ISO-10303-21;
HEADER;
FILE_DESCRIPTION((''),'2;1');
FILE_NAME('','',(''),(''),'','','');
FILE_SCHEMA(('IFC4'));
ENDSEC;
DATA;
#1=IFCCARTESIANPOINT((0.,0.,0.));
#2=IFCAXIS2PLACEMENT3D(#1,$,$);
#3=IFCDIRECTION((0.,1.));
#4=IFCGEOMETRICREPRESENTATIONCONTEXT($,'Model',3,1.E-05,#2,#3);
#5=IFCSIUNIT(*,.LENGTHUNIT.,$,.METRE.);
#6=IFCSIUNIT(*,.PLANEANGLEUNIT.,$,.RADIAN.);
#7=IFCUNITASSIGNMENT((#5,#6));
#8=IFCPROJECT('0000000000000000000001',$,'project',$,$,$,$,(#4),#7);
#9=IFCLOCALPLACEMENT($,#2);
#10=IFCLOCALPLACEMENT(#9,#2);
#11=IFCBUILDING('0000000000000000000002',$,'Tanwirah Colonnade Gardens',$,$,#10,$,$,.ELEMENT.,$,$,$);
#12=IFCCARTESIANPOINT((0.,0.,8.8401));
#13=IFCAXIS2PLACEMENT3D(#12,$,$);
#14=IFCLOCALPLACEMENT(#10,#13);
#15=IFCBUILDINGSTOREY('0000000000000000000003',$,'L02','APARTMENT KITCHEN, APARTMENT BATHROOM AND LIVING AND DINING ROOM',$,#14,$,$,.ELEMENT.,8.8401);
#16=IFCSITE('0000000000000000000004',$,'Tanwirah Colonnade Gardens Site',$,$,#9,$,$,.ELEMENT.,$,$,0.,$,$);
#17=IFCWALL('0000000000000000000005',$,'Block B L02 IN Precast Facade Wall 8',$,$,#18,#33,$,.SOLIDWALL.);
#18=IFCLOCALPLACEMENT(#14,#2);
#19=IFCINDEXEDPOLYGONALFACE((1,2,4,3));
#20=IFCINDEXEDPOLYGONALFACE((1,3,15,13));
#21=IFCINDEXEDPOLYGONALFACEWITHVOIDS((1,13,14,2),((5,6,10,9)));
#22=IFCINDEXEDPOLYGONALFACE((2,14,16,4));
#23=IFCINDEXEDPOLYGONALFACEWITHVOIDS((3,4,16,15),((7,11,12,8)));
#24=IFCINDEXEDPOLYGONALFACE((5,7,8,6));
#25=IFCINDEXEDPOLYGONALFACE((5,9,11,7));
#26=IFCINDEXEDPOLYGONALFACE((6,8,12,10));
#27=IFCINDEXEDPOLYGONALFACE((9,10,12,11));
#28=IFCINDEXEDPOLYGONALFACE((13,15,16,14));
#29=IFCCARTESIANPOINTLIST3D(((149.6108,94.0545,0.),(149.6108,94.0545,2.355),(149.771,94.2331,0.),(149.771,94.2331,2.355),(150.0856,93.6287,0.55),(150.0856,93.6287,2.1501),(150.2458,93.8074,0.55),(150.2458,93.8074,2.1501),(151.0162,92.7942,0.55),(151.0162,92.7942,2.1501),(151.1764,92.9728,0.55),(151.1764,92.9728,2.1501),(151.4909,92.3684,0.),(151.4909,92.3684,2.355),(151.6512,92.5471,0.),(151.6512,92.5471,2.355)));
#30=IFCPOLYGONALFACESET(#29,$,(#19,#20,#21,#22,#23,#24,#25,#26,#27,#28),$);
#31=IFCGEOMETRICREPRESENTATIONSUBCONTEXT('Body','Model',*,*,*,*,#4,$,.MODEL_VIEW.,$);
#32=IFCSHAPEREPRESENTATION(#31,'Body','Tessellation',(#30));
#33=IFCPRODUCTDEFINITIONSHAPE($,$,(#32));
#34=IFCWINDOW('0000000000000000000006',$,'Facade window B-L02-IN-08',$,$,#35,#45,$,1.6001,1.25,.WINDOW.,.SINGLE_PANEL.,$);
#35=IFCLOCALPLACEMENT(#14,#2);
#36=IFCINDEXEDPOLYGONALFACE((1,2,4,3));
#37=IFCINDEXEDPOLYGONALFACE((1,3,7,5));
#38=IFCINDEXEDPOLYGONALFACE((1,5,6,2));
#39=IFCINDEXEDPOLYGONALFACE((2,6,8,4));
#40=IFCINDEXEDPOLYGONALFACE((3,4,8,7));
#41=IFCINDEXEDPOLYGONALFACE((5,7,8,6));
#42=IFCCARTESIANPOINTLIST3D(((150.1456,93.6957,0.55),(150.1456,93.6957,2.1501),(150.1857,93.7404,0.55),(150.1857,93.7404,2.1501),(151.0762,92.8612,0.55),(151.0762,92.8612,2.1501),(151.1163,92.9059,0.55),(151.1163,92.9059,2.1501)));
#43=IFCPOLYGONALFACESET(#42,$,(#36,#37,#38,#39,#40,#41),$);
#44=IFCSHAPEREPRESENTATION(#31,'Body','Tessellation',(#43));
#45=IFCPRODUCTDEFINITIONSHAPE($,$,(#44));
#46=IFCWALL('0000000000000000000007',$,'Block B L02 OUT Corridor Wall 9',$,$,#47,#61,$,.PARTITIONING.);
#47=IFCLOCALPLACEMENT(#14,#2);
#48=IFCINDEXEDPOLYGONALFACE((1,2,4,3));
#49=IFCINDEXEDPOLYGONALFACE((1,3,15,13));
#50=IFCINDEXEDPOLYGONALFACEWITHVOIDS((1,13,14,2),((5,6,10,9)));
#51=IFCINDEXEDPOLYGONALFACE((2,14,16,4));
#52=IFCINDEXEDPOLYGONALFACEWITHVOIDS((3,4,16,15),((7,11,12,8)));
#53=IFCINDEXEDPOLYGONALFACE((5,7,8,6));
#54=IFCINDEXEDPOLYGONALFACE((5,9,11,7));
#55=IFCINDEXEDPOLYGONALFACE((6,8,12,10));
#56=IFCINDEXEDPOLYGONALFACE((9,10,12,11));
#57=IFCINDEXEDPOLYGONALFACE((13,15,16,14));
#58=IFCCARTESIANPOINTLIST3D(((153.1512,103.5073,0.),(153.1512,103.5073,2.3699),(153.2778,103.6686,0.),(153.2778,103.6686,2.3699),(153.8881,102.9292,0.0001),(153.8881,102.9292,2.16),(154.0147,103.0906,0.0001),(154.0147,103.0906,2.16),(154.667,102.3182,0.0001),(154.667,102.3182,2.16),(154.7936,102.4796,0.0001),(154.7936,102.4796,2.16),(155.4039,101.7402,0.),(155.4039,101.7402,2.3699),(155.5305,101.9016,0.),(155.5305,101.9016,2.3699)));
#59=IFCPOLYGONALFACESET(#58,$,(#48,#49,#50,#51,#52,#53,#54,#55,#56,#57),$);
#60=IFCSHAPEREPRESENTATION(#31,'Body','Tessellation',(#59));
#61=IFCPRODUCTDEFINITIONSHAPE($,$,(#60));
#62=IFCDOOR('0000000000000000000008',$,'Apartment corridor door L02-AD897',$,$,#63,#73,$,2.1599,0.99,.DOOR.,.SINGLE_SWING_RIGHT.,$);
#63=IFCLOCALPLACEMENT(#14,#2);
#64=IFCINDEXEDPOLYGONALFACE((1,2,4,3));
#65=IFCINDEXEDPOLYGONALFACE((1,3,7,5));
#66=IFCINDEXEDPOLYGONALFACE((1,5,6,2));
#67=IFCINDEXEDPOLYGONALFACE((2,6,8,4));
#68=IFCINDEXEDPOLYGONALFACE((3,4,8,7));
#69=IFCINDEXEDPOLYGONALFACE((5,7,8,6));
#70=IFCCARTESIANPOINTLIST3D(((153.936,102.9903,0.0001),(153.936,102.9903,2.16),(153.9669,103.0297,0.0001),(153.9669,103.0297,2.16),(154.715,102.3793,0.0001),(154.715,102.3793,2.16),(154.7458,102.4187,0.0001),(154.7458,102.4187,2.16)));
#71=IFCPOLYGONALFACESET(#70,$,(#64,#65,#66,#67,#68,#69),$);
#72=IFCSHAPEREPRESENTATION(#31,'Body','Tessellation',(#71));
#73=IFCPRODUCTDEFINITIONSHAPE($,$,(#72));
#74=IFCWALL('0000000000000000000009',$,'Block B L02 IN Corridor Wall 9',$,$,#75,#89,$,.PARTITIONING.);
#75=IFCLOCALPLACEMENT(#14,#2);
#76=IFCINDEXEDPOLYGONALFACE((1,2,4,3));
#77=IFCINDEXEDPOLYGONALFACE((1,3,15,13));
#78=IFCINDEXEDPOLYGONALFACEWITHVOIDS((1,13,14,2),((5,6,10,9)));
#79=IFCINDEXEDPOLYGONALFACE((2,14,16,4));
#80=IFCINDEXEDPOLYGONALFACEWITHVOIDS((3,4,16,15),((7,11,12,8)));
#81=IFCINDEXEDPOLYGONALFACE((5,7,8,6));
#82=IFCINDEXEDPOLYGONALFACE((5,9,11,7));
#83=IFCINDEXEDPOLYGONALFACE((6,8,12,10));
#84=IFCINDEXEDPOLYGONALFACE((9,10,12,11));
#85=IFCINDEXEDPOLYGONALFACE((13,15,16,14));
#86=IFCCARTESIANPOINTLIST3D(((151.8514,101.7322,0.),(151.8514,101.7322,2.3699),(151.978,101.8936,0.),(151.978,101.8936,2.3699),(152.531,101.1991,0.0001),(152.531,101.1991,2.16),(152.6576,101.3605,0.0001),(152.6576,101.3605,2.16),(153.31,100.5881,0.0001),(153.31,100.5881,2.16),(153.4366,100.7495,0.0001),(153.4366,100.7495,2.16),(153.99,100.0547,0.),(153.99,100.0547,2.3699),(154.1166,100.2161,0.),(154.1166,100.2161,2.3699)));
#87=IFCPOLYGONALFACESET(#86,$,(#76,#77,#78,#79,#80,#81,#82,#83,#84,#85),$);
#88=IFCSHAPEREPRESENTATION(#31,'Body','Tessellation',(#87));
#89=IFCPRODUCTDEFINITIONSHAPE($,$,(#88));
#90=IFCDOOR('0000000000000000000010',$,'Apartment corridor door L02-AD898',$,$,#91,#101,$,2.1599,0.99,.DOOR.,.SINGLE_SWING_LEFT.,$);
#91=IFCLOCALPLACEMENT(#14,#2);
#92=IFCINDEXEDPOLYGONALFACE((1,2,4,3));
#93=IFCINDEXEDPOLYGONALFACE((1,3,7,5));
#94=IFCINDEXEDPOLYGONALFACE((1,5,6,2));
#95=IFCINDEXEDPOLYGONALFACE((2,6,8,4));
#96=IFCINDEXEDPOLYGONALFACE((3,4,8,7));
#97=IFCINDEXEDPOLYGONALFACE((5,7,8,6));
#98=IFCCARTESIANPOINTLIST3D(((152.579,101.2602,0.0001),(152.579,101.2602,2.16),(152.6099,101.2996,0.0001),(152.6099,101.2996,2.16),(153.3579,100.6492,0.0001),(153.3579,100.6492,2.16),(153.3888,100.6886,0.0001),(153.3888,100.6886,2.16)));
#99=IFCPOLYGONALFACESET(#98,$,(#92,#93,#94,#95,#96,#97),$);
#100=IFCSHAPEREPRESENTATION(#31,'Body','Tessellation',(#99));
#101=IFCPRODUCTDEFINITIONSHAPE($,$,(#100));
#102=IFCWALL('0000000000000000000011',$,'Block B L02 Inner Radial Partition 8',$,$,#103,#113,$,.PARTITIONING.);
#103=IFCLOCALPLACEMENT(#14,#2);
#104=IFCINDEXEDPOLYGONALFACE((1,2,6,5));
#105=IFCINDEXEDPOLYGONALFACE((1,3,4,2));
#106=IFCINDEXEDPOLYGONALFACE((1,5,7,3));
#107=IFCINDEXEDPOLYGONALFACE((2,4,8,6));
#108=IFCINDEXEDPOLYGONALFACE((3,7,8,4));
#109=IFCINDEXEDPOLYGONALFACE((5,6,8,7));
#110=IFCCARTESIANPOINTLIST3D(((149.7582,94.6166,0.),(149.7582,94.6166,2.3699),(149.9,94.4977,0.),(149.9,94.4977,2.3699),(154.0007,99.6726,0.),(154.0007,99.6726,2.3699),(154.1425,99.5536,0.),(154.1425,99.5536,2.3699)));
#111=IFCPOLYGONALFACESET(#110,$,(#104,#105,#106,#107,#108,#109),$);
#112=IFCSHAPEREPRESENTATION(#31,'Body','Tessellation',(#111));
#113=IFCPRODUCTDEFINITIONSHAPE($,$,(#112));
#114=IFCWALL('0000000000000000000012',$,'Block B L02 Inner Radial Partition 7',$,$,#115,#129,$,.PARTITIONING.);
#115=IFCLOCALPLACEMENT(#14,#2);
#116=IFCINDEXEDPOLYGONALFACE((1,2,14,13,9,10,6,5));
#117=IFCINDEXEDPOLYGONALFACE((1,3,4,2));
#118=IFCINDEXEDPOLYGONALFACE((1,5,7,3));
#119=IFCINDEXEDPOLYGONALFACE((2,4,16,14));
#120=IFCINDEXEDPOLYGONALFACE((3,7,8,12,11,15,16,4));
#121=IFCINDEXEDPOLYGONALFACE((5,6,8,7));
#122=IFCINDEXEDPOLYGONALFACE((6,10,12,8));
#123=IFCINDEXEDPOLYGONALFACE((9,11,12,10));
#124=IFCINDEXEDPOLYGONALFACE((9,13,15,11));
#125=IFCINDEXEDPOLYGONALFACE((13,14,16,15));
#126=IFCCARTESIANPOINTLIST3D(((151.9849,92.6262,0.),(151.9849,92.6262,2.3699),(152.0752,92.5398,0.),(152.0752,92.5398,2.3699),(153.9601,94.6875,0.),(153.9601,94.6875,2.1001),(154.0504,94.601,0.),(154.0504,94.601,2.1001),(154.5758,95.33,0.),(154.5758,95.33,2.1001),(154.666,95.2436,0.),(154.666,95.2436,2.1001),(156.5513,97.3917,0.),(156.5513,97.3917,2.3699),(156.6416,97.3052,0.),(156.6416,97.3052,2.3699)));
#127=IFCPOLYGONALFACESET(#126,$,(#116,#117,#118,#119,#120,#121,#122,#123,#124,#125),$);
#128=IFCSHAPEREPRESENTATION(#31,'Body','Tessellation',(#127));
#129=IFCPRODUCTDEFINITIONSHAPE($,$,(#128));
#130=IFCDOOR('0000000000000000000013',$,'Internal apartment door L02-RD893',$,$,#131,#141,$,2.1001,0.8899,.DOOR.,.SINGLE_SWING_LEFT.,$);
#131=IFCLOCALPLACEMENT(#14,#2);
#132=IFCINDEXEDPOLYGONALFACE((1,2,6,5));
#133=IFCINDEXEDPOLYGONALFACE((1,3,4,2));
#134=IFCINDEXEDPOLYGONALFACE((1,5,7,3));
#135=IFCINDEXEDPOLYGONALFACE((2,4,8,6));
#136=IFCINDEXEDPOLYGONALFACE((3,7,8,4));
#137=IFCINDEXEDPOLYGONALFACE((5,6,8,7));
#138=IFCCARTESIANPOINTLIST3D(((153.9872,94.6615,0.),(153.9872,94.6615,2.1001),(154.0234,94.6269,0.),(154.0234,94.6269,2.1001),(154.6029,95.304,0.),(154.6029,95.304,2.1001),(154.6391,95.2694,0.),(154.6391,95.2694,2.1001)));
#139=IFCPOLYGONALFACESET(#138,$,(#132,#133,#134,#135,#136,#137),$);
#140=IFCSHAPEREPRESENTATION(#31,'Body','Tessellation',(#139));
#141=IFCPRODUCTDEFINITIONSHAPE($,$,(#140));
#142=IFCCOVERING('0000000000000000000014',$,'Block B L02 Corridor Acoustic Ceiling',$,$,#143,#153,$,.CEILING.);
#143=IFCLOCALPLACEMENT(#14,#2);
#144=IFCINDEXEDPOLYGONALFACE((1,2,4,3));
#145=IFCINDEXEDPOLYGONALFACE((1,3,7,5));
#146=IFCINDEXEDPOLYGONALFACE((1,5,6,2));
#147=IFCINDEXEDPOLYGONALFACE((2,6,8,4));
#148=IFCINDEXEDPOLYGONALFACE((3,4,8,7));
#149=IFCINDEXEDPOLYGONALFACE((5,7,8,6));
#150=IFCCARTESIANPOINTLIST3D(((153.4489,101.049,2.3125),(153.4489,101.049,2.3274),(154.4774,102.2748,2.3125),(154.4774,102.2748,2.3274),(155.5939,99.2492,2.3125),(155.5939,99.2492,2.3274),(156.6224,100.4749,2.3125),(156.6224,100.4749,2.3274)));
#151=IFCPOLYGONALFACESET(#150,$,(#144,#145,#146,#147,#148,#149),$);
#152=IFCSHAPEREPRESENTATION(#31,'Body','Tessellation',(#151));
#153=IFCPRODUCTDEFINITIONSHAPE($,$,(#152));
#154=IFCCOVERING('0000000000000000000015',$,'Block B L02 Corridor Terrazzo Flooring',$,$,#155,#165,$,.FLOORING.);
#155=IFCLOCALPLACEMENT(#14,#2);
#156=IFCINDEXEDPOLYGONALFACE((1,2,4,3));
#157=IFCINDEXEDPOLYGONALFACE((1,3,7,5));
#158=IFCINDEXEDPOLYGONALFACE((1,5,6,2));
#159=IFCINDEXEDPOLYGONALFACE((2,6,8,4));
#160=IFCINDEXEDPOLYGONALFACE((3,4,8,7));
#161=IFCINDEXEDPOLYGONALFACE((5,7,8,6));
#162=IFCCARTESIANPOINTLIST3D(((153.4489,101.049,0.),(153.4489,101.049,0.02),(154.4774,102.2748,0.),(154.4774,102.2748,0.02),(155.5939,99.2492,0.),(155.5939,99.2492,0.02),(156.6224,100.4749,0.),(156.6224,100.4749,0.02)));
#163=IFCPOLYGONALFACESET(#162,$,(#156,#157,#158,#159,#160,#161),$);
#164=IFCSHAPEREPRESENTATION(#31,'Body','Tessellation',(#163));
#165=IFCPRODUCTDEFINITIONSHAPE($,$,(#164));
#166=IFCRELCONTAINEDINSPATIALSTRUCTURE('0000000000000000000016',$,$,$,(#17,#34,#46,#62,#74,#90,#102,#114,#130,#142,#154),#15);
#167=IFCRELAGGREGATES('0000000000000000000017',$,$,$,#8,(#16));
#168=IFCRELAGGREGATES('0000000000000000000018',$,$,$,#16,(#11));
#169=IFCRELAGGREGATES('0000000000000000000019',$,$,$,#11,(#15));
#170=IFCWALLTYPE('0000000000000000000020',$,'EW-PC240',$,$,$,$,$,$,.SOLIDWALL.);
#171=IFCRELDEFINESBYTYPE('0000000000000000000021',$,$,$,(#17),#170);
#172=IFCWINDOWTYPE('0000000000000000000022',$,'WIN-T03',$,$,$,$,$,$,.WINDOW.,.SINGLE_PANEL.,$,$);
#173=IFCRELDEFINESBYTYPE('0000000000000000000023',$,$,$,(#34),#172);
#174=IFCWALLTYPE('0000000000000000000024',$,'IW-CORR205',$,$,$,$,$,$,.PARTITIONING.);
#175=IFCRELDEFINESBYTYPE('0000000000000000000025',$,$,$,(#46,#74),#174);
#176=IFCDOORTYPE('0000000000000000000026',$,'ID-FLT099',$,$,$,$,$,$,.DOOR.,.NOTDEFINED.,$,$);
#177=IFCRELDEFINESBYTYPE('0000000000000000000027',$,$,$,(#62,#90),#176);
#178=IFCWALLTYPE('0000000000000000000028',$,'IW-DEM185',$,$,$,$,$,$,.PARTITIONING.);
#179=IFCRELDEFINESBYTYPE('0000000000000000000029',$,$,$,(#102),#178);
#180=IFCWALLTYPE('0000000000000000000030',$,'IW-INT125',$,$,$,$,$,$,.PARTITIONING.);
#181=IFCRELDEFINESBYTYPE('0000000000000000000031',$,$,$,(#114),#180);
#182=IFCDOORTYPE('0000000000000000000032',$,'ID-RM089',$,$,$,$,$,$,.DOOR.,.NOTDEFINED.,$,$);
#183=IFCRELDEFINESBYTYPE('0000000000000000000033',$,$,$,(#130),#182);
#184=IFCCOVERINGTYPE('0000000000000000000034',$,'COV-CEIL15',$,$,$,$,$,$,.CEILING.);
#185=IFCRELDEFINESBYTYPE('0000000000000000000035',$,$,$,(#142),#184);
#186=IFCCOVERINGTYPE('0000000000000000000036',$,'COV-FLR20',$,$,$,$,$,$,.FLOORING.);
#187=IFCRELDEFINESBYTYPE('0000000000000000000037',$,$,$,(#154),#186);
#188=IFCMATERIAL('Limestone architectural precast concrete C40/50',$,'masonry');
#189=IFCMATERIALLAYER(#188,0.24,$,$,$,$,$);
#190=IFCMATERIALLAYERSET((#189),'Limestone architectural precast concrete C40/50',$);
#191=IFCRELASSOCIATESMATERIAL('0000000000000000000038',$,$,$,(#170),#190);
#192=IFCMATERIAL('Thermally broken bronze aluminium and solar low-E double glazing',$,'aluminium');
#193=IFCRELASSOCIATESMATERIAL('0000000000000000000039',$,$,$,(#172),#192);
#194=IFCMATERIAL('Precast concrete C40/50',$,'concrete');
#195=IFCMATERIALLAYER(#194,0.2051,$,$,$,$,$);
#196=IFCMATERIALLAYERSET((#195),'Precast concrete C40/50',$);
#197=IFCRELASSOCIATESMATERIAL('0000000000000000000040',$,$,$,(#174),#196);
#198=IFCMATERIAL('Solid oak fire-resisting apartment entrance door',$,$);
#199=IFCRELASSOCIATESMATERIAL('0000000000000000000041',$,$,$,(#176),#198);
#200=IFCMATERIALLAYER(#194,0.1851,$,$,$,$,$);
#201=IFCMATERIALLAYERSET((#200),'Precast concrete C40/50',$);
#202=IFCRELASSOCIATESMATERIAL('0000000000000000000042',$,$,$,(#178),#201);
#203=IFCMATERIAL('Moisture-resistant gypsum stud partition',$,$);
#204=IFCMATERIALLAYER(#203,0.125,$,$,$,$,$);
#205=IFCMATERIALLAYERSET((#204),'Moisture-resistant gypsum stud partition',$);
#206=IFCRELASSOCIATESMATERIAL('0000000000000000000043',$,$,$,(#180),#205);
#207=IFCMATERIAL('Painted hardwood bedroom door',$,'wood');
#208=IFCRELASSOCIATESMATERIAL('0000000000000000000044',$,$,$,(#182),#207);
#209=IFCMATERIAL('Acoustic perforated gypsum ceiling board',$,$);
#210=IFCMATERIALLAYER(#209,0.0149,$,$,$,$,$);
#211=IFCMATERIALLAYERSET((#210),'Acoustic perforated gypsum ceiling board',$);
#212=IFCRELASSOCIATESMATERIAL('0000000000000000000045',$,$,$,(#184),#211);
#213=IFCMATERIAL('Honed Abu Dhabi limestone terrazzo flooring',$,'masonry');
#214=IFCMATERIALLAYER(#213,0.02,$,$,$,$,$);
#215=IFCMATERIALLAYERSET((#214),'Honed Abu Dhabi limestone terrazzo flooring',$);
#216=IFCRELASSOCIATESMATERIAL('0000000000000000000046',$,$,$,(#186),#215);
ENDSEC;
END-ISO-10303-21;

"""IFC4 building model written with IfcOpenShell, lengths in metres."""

from ifc_helpers import new_model, si_unit, direction, frame, frame_2d, origin, origin_2d, place, context, subcontext, project, spatial, rectangle, extrude, material, layer, layer_set, type_object, element, fill, save


model = new_model("IFC4")

# Units and contexts
model_context = context("Model", 3, precision=1e-05, world=origin(), true_north=direction((0.0, 1.0)))
body_context = subcontext(model_context, "Body", "Model", "MODEL_VIEW")
ifc_project = project(units=[si_unit("LENGTHUNIT", "METRE"), si_unit("PLANEANGLEUNIT", "RADIAN")], contexts=[model_context])

# Site, building, storey
site_placement = place(None, origin())
site = spatial("IfcSite", under=ifc_project, at=site_placement, Name="Tanwirah Colonnade Gardens Site", CompositionType="ELEMENT", RefElevation=0.0)
building_placement = place(site_placement, origin())
building = spatial("IfcBuilding", under=site, at=building_placement, Name="Tanwirah Colonnade Gardens", CompositionType="ELEMENT")
storey_placement = place(building_placement, frame((0.0, 0.0, 8.8401)))
storey = spatial("IfcBuildingStorey", under=building, at=storey_placement, Name="L02", Description="APARTMENT KITCHEN, APARTMENT BATHROOM AND LIVING AND DINING ROOM", CompositionType="ELEMENT", Elevation=8.8401)

# Shared definitions
ifc_material_1 = material(Name="Precast concrete C40/50", Category="concrete")

# Wall, opening, window
ifc_material_2 = material(Name="Limestone architectural precast concrete C40/50", Category="masonry")
ifc_layer_1 = layer(ifc_material_2, 0.24)
ifc_layer_set_1 = layer_set([ifc_layer_1], Name="Limestone architectural precast concrete C40/50")
wall_type_1 = type_object("IfcWallType", Name="EW-PC240", PredefinedType="SOLIDWALL", material=ifc_layer_set_1)
wall_1_placement = place(storey_placement, frame((151.571, 92.4578, 0.0), z_axis=(0.0, 0.0, 1.0), x_axis=(-0.74449, 0.667634, 0.0)))
wall_1 = element("IfcWall", 1, at=wall_1_placement, inside=storey, type_object=wall_type_1, Name="Block B L02 IN Precast Facade Wall 8", PredefinedType="SOLIDWALL", context=body_context, shape_type="SweptSolid", body=[
    extrude(rectangle(XDim=2.5254, YDim=0.24, at=frame_2d((1.2627, 0.0))), origin(), (0.0, 0.0, 1.0), 2.355),
])
opening_1_placement = place(wall_1_placement, frame((0.6377, 0.0, 0.55)))
opening_1 = element("IfcOpeningElement", 2, at=opening_1_placement, cuts=wall_1, PredefinedType="OPENING", context=body_context, shape_type="SweptSolid", body=[
    extrude(rectangle(XDim=1.25, YDim=1.6001, at=frame_2d((0.625, 0.8))), frame((0.0, 0.1299, 0.0), z_axis=(0.0, -1.0, 0.0), x_axis=(1.0, 0.0, 0.0)), (0.0, 0.0, 1.0), 0.26),
])
ifc_material_3 = material(Name="Thermally broken bronze aluminium and solar low-E double glazing", Category="aluminium")
window_type = type_object("IfcWindowType", Name="WIN-T03", PartitioningType="SINGLE_PANEL", PredefinedType="WINDOW", material=ifc_material_3)
window_placement = place(opening_1_placement, origin())
window = element("IfcWindow", 3, at=window_placement, inside=storey, type_object=window_type, Name="Facade window B-L02-IN-08", OverallHeight=1.6001, OverallWidth=1.25, PartitioningType="SINGLE_PANEL", PredefinedType="WINDOW", context=body_context, shape_type="SweptSolid", body=[
    extrude(rectangle(XDim=1.25, YDim=1.6001, at=frame_2d((0.625, 0.8))), frame((0.0, 0.03, 0.0), z_axis=(0.0, -1.0, 0.0), x_axis=(1.0, 0.0, 0.0)), (0.0, 0.0, 1.0), 0.0601),
])
fill(opening_1, window)

# Walls, openings, doors
ifc_layer_2 = layer(ifc_material_1, 0.2051)
ifc_layer_set_2 = layer_set([ifc_layer_2], Name="Precast concrete C40/50")
wall_type_2 = type_object("IfcWallType", Name="IW-CORR205", PredefinedType="PARTITIONING", material=ifc_layer_set_2)
wall_2_placement = place(storey_placement, frame((155.4673, 101.8208, 0.0), z_axis=(0.0, 0.0, 1.0), x_axis=(-0.786806, 0.6172, 0.0)))
wall_2 = element("IfcWall", 4, at=wall_2_placement, inside=storey, type_object=wall_type_2, Name="Block B L02 OUT Corridor Wall 9", PredefinedType="PARTITIONING", context=body_context, shape_type="SweptSolid", body=[
    extrude(rectangle(XDim=2.863, YDim=0.2051, at=frame_2d((1.4316, 0.0))), origin(), (0.0, 0.0, 1.0), 2.3699),
])
opening_2_placement = place(wall_2_placement, frame((0.9365, 0.0, 0.0)))
opening_2 = element("IfcOpeningElement", 5, at=opening_2_placement, cuts=wall_2, PredefinedType="OPENING", context=body_context, shape_type="SweptSolid", body=[
    extrude(rectangle(XDim=0.99, YDim=2.1599, at=frame_2d((0.4951, 1.0801))), frame((0.0, 0.1125, 0.0), z_axis=(0.0, -1.0, 0.0), x_axis=(1.0, 0.0, 0.0)), (0.0, 0.0, 1.0), 0.2251),
])
ifc_material_4 = material(Name="Solid oak fire-resisting apartment entrance door")
door_type_1 = type_object("IfcDoorType", Name="ID-FLT099", OperationType="NOTDEFINED", PredefinedType="DOOR", material=ifc_material_4)
door_1_placement = place(opening_2_placement, origin())
door_1 = element("IfcDoor", 6, at=door_1_placement, inside=storey, type_object=door_type_1, Name="Apartment corridor door L02-AD897", OperationType="SINGLE_SWING_RIGHT", OverallHeight=2.1599, OverallWidth=0.99, PredefinedType="DOOR", context=body_context, shape_type="SweptSolid", body=[
    extrude(rectangle(XDim=0.99, YDim=2.1599, at=frame_2d((0.4951, 1.0801))), frame((0.0, 0.0249, 0.0), z_axis=(0.0, -1.0, 0.0), x_axis=(1.0, 0.0, 0.0)), (0.0, 0.0, 1.0), 0.05),
])
fill(opening_2, door_1)
wall_3_placement = place(storey_placement, frame((154.0532, 100.1355, 0.0), z_axis=(0.0, 0.0, 1.0), x_axis=(-0.786835, 0.617163, 0.0)))
wall_3 = element("IfcWall", 7, at=wall_3_placement, inside=storey, type_object=wall_type_2, Name="Block B L02 IN Corridor Wall 9", PredefinedType="PARTITIONING", context=body_context, shape_type="SweptSolid", body=[
    extrude(rectangle(XDim=2.718, YDim=0.2051, at=frame_2d((1.3589, 0.0))), origin(), (0.0, 0.0, 1.0), 2.3699),
])
opening_3_placement = place(wall_3_placement, frame((0.864, 0.0, 0.0)))
opening_3 = element("IfcOpeningElement", 8, at=opening_3_placement, cuts=wall_3, PredefinedType="OPENING", context=body_context, shape_type="SweptSolid", body=[
    extrude(rectangle(XDim=0.99, YDim=2.1599, at=frame_2d((0.4951, 1.0801))), frame((0.0, 0.1125, 0.0), z_axis=(0.0, -1.0, 0.0), x_axis=(1.0, 0.0, 0.0)), (0.0, 0.0, 1.0), 0.2251),
])
door_2_placement = place(opening_3_placement, origin())
door_2 = element("IfcDoor", 9, at=door_2_placement, inside=storey, type_object=door_type_1, Name="Apartment corridor door L02-AD898", OperationType="SINGLE_SWING_LEFT", OverallHeight=2.1599, OverallWidth=0.99, PredefinedType="DOOR", context=body_context, shape_type="SweptSolid", body=[
    extrude(rectangle(XDim=0.99, YDim=2.1599, at=frame_2d((0.4951, 1.0801))), frame((0.0, 0.0249, 0.0), z_axis=(0.0, -1.0, 0.0), x_axis=(1.0, 0.0, 0.0)), (0.0, 0.0, 1.0), 0.05),
])
fill(opening_3, door_2)

# Wall
ifc_layer_3 = layer(ifc_material_1, 0.1851)
ifc_layer_set_3 = layer_set([ifc_layer_3], Name="Precast concrete C40/50")
wall_type_3 = type_object("IfcWallType", Name="IW-DEM185", PredefinedType="PARTITIONING", material=ifc_layer_set_3)
wall_4_placement = place(storey_placement, frame((149.8291, 94.5571, 0.0), z_axis=(0.0, 0.0, 1.0), x_axis=(0.642789, 0.766043, 0.0)))
element("IfcWall", 10, at=wall_4_placement, inside=storey, type_object=wall_type_3, Name="Block B L02 Inner Radial Partition 8", PredefinedType="PARTITIONING", context=body_context, shape_type="SweptSolid", body=[
    extrude(rectangle(XDim=6.6001, YDim=0.1851, at=frame_2d((3.3, 0.0))), origin(), (0.0, 0.0, 1.0), 2.3699),
])

# Wall, opening, door
ifc_material_5 = material(Name="Moisture-resistant gypsum stud partition")
ifc_layer_4 = layer(ifc_material_5, 0.125)
ifc_layer_set_4 = layer_set([ifc_layer_4], Name="Moisture-resistant gypsum stud partition")
wall_type_4 = type_object("IfcWallType", Name="IW-INT125", PredefinedType="PARTITIONING", material=ifc_layer_set_4)
wall_5_placement = place(storey_placement, frame((152.03, 92.583, 0.0), z_axis=(0.0, 0.0, 1.0), x_axis=(0.691872, 0.72202, 0.0)))
wall_5 = element("IfcWall", 11, at=wall_5_placement, inside=storey, type_object=wall_type_4, Name="Block B L02 Inner Radial Partition 7", PredefinedType="PARTITIONING", context=body_context, shape_type="SweptSolid", body=[
    extrude(rectangle(XDim=6.6001, YDim=0.125, at=frame_2d((3.3, 0.0))), origin(), (0.0, 0.0, 1.0), 2.3699),
])
opening_4_placement = place(wall_5_placement, frame((2.855, 0.0, 0.0)))
opening_4 = element("IfcOpeningElement", 12, at=opening_4_placement, cuts=wall_5, PredefinedType="OPENING", context=body_context, shape_type="SweptSolid", body=[
    extrude(rectangle(XDim=0.8899, YDim=2.1001, at=frame_2d((0.4448, 1.05))), frame((0.0, 0.0725, 0.0), z_axis=(0.0, -1.0, 0.0), x_axis=(1.0, 0.0, 0.0)), (0.0, 0.0, 1.0), 0.145),
])
ifc_material_6 = material(Name="Painted hardwood bedroom door", Category="wood")
door_type_2 = type_object("IfcDoorType", Name="ID-RM089", OperationType="NOTDEFINED", PredefinedType="DOOR", material=ifc_material_6)
door_3_placement = place(opening_4_placement, origin())
door_3 = element("IfcDoor", 13, at=door_3_placement, inside=storey, type_object=door_type_2, Name="Internal apartment door L02-RD893", OperationType="SINGLE_SWING_LEFT", OverallHeight=2.1001, OverallWidth=0.8899, PredefinedType="DOOR", context=body_context, shape_type="SweptSolid", body=[
    extrude(rectangle(XDim=0.8899, YDim=2.1001, at=frame_2d((0.4448, 1.05))), frame((0.0, 0.0249, 0.0), z_axis=(0.0, -1.0, 0.0), x_axis=(1.0, 0.0, 0.0)), (0.0, 0.0, 1.0), 0.05),
])
fill(opening_4, door_3)

# Coverings
ifc_material_7 = material(Name="Acoustic perforated gypsum ceiling board")
ifc_layer_5 = layer(ifc_material_7, 0.0149)
ifc_layer_set_5 = layer_set([ifc_layer_5], Name="Acoustic perforated gypsum ceiling board")
covering_type_1 = type_object("IfcCoveringType", Name="COV-CEIL15", PredefinedType="CEILING", material=ifc_layer_set_5)
covering_1_placement = place(storey_placement, frame((155.0356, 100.762, 2.3125), z_axis=(0.0, 0.0, 1.0), x_axis=(-0.766044, 0.642788, 0.0)))
element("IfcCovering", 14, at=covering_1_placement, inside=storey, type_object=covering_type_1, Name="Block B L02 Corridor Acoustic Ceiling", PredefinedType="CEILING", context=body_context, shape_type="SweptSolid", body=[
    extrude(rectangle(XDim=2.8, YDim=1.6001, at=origin_2d()), origin(), (0.0, 0.0, 1.0), 0.0149),
])
ifc_material_8 = material(Name="Honed Abu Dhabi limestone terrazzo flooring", Category="masonry")
ifc_layer_6 = layer(ifc_material_8, 0.02)
ifc_layer_set_6 = layer_set([ifc_layer_6], Name="Honed Abu Dhabi limestone terrazzo flooring")
covering_type_2 = type_object("IfcCoveringType", Name="COV-FLR20", PredefinedType="FLOORING", material=ifc_layer_set_6)
covering_2_placement = place(storey_placement, frame((155.0356, 100.762, 0.0), z_axis=(0.0, 0.0, 1.0), x_axis=(-0.766044, 0.642788, 0.0)))
element("IfcCovering", 15, at=covering_2_placement, inside=storey, type_object=covering_type_2, Name="Block B L02 Corridor Terrazzo Flooring", PredefinedType="FLOORING", context=body_context, shape_type="SweptSolid", body=[
    extrude(rectangle(XDim=2.8, YDim=1.6001, at=origin_2d()), origin(), (0.0, 0.0, 1.0), 0.02),
])

save(model, "model.ifc")
